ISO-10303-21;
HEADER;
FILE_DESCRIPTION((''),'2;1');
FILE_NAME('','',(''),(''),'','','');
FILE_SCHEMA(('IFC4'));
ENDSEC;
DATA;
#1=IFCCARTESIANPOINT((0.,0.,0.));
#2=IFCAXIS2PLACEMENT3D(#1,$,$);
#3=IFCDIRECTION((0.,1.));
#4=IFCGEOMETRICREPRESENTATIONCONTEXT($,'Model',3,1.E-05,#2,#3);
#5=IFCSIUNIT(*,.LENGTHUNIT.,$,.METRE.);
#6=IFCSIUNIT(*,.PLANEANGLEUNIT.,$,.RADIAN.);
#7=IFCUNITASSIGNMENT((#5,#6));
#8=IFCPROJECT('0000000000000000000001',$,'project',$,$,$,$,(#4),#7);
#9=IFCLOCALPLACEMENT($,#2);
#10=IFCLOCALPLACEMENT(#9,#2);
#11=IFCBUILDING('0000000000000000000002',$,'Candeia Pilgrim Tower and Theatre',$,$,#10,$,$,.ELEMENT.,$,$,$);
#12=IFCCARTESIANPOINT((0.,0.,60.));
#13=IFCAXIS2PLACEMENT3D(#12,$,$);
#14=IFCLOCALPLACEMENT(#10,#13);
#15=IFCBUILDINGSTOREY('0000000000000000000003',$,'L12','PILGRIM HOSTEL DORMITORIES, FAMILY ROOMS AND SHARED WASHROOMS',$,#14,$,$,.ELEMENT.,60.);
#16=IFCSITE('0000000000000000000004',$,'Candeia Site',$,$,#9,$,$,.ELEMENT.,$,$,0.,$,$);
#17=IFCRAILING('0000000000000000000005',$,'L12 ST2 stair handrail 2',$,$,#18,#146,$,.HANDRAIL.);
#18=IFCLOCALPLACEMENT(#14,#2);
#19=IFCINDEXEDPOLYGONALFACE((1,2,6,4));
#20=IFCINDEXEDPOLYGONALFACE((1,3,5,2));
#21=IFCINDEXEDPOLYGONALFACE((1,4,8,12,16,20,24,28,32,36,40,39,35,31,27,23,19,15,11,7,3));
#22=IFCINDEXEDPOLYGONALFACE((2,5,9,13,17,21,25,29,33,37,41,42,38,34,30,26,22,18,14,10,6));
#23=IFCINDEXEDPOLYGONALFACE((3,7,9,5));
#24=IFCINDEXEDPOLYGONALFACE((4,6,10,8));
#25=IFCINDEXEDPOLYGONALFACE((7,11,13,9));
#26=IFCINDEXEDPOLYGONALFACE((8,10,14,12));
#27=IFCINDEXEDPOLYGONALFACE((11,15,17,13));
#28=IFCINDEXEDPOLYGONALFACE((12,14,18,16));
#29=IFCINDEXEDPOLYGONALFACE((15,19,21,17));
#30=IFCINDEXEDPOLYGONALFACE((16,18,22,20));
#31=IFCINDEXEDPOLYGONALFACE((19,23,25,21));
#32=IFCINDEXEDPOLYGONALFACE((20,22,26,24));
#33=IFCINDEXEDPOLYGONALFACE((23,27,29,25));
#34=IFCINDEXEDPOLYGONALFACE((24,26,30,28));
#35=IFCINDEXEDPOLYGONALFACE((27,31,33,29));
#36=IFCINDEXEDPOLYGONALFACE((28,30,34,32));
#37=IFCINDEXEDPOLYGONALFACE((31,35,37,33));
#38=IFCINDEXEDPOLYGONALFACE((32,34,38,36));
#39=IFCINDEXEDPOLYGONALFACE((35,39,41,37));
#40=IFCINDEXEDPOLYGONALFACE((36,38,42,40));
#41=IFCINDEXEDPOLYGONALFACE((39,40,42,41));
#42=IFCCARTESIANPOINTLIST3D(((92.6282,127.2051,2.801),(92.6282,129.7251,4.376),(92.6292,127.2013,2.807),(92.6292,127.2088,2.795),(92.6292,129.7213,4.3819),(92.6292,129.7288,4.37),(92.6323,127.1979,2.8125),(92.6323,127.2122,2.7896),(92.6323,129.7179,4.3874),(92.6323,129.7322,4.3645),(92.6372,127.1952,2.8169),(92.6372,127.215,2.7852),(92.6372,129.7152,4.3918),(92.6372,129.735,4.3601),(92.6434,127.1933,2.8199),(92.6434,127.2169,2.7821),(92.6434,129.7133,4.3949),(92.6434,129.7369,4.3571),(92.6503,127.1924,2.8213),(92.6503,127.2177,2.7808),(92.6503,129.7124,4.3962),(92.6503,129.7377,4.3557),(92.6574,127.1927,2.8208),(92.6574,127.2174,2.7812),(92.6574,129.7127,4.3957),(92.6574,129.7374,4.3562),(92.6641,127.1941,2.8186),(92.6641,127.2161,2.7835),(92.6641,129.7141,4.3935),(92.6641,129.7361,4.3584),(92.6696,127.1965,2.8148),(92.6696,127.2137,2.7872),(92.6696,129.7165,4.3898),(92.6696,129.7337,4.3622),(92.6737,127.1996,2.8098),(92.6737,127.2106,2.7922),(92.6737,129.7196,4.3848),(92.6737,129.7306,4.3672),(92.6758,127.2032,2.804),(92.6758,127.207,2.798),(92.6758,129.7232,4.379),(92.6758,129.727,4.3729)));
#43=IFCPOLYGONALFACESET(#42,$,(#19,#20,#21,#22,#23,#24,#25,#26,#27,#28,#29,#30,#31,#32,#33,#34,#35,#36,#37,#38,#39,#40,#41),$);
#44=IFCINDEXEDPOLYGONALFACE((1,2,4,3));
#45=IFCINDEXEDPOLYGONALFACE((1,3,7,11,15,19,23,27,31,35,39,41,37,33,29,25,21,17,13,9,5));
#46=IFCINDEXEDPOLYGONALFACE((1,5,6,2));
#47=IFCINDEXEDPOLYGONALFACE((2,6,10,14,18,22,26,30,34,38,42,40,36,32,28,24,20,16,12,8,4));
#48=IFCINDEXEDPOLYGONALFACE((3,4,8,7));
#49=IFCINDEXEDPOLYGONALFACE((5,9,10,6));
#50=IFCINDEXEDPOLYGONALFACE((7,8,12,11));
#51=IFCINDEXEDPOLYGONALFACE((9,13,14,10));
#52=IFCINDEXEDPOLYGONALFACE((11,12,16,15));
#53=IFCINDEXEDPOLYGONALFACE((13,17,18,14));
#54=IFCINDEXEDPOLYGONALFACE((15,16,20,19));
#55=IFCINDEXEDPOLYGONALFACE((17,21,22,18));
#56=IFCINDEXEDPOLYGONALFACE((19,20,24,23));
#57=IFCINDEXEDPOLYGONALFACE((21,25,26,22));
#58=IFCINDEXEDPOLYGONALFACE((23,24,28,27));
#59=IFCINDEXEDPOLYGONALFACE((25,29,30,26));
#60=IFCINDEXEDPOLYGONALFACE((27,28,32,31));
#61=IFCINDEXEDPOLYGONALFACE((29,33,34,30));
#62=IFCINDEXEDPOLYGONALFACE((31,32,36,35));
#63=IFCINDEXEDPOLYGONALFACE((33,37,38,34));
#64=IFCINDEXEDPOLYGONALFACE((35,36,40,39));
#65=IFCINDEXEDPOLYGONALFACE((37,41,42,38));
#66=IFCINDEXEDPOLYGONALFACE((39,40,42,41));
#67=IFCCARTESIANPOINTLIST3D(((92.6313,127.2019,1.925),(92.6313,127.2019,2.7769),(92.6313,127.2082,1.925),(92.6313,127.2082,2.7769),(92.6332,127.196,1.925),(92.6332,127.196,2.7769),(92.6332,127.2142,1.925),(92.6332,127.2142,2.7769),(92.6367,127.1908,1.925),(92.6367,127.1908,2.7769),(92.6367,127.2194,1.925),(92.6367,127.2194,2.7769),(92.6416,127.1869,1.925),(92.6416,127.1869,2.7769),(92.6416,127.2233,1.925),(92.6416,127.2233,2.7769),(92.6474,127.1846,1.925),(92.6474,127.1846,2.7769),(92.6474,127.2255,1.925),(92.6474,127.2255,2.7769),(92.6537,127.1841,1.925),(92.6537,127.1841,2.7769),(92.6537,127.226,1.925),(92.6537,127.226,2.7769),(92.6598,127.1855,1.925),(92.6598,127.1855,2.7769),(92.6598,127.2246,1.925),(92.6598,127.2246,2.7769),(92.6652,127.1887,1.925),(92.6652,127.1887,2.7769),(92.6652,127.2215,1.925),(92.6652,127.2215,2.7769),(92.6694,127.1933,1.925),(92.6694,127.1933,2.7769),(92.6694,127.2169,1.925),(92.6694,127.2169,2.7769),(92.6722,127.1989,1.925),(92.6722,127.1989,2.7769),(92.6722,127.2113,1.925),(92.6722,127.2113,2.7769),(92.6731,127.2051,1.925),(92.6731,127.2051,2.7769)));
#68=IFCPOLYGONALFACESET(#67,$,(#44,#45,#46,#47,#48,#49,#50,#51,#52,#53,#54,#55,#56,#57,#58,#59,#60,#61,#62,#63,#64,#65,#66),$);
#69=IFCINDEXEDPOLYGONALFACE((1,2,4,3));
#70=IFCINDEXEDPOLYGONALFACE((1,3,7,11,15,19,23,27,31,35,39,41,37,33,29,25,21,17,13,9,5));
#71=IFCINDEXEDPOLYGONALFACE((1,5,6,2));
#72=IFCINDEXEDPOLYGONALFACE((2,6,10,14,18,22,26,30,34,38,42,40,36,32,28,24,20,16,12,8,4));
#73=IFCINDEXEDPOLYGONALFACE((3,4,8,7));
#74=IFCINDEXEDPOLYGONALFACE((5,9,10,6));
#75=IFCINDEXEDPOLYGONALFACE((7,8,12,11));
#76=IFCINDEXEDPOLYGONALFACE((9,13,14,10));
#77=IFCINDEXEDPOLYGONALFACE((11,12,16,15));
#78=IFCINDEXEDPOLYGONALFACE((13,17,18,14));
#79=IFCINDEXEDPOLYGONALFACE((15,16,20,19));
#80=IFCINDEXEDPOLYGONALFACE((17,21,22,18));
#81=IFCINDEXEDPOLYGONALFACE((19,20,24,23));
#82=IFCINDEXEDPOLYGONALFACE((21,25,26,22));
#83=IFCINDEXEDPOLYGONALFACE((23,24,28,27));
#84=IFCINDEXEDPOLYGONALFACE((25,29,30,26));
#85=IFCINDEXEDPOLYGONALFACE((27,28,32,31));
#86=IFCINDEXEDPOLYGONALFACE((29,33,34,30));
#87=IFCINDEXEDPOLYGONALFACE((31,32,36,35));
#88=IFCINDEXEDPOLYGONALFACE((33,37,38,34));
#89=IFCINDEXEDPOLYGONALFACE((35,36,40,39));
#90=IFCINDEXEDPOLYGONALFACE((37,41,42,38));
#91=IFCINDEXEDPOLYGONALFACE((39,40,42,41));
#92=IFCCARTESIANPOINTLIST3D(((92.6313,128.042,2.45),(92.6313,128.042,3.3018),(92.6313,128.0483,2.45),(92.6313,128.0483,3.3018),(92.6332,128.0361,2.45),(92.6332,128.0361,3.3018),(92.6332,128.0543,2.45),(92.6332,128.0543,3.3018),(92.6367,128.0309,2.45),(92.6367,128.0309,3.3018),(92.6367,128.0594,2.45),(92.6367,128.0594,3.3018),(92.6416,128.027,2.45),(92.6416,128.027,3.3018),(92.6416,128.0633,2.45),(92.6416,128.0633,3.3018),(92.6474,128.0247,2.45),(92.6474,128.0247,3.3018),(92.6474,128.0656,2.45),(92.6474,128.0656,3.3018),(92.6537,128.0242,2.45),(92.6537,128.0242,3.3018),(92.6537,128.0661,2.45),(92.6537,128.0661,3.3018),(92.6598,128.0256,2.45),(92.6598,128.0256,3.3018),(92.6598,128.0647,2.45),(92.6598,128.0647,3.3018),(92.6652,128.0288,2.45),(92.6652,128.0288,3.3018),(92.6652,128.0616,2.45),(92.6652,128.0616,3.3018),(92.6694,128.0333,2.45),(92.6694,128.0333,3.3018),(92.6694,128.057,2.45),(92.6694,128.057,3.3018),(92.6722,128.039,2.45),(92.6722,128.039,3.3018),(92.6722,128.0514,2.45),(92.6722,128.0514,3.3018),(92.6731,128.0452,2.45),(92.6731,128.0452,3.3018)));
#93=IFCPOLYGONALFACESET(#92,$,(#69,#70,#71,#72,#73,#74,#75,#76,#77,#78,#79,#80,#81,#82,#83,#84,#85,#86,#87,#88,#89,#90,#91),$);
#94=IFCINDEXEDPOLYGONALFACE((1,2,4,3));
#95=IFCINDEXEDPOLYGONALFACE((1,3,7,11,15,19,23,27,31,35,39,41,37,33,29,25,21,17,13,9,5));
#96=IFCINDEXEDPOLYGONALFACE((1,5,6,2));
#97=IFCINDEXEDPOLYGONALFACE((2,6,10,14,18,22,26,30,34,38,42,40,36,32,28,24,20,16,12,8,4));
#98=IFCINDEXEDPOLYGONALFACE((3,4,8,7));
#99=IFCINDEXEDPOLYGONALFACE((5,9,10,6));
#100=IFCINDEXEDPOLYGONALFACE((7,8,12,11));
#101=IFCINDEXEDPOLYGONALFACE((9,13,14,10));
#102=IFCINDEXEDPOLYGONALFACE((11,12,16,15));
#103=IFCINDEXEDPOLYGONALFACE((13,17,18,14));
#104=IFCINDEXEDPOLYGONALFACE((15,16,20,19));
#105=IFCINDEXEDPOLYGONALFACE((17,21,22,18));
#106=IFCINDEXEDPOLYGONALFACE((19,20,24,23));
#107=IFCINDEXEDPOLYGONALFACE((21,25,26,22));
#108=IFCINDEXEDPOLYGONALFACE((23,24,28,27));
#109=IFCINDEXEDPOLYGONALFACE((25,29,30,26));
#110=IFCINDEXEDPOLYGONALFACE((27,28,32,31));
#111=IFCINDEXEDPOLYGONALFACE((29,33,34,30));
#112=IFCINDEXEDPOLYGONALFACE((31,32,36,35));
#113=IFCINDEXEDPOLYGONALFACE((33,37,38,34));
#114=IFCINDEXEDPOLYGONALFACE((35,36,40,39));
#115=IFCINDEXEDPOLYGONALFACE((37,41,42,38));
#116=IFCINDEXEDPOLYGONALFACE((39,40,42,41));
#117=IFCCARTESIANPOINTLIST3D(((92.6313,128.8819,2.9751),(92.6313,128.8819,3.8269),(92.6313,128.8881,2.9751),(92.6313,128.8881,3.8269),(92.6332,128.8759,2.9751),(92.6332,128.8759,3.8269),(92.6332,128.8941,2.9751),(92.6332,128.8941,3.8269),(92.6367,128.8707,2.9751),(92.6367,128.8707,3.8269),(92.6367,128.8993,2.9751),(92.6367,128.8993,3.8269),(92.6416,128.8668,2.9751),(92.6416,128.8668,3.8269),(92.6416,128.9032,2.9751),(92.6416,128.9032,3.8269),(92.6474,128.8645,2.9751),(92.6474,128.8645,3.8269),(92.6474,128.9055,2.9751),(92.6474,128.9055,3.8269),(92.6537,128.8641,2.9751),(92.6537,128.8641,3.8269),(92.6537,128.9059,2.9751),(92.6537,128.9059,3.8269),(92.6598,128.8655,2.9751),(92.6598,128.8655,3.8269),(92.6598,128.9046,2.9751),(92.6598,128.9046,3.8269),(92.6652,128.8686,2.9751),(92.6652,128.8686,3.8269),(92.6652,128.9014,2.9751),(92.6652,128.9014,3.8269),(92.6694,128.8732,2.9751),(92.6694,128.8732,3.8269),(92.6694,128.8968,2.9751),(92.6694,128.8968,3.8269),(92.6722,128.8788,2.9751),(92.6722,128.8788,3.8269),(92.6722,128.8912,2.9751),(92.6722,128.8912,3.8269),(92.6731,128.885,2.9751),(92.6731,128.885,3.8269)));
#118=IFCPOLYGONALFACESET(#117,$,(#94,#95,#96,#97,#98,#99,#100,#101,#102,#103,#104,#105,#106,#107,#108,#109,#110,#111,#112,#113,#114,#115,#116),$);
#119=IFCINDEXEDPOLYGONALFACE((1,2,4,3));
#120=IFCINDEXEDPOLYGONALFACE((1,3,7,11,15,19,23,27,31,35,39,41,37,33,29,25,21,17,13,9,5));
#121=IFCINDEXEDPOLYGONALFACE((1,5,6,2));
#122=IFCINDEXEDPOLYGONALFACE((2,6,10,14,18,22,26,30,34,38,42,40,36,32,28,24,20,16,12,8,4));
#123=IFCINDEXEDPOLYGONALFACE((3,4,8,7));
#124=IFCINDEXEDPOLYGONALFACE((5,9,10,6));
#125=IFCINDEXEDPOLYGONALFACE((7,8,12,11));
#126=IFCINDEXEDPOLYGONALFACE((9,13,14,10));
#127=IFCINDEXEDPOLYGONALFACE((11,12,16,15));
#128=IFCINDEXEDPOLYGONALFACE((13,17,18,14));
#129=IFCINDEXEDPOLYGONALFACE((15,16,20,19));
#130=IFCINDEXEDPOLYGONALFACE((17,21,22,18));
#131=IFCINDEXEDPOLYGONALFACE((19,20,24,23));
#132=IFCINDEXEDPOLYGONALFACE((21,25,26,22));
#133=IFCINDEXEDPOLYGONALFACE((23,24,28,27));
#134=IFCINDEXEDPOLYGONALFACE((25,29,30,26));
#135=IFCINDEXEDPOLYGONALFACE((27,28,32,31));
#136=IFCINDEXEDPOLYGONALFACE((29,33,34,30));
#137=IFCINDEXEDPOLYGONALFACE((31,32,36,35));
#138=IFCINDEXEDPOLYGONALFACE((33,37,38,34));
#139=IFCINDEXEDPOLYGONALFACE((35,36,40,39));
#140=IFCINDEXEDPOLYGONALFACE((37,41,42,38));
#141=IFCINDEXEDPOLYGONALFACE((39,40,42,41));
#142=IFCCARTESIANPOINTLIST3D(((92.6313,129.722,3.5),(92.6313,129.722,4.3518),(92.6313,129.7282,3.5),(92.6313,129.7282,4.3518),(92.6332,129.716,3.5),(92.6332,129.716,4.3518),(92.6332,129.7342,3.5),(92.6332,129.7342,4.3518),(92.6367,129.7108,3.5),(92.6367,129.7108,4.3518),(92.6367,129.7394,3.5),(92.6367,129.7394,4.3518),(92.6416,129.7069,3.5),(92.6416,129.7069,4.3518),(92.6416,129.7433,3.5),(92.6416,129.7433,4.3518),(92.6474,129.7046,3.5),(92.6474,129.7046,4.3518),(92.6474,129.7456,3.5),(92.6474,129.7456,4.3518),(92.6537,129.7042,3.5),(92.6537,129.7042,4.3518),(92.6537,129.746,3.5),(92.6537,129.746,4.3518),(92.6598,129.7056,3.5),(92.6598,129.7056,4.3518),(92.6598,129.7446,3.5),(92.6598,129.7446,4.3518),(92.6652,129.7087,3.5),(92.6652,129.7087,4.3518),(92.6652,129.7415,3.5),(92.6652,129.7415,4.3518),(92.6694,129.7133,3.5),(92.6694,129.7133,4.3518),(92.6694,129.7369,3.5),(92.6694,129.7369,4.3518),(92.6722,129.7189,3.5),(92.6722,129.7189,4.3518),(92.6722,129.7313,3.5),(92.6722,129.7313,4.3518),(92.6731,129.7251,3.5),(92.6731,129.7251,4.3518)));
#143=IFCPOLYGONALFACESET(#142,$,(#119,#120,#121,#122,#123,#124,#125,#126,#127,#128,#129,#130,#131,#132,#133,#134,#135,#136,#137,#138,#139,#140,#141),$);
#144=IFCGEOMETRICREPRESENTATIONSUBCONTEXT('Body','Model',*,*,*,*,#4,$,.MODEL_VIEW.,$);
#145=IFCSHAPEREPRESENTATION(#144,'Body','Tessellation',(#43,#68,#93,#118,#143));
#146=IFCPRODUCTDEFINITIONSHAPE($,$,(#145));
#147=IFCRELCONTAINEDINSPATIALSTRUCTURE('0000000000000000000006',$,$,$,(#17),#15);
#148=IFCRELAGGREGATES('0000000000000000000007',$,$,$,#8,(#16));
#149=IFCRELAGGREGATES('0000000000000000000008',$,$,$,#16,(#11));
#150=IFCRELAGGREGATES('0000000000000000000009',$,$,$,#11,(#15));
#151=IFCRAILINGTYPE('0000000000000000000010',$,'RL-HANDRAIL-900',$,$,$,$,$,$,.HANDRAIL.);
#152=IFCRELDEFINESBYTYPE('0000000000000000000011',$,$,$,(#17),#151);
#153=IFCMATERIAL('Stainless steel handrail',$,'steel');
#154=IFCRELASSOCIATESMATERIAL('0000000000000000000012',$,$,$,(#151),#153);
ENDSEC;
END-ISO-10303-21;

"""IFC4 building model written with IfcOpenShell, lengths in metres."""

from ifc_helpers import new_model, si_unit, direction, frame, origin, origin_2d, place, context, subcontext, project, spatial, circle, extrude, material, type_object, element, save


model = new_model("IFC4")

# Units and contexts
model_context = context("Model", 3, precision=1e-05, world=origin(), true_north=direction((0.0, 1.0)))
body_context = subcontext(model_context, "Body", "Model", "MODEL_VIEW")
ifc_project = project(units=[si_unit("LENGTHUNIT", "METRE"), si_unit("PLANEANGLEUNIT", "RADIAN")], contexts=[model_context])

# Site, building, storey
site_placement = place(None, origin())
site = spatial("IfcSite", under=ifc_project, at=site_placement, Name="Candeia Site", CompositionType="ELEMENT", RefElevation=0.0)
building_placement = place(site_placement, origin())
building = spatial("IfcBuilding", under=site, at=building_placement, Name="Candeia Pilgrim Tower and Theatre", CompositionType="ELEMENT")
storey_placement = place(building_placement, frame((0.0, 0.0, 60.0)))
storey = spatial("IfcBuildingStorey", under=building, at=storey_placement, Name="L12", Description="PILGRIM HOSTEL DORMITORIES, FAMILY ROOMS AND SHARED WASHROOMS", CompositionType="ELEMENT", Elevation=60.0)

# Railing
ifc_material_1 = material(Name="Stainless steel handrail", Category="steel")
railing_type_1 = type_object("IfcRailingType", Name="RL-HANDRAIL-900", PredefinedType="HANDRAIL", material=ifc_material_1)
railing_1_placement = place(storey_placement, frame((92.6521, 127.2051, 1.925)))
element("IfcRailing", 1, at=railing_1_placement, inside=storey, type_object=railing_type_1, Name="L12 ST2 stair handrail 2", PredefinedType="HANDRAIL", context=body_context, shape_type="SweptSolid", body=[
    extrude(circle(Radius=0.0239, at=origin_2d()), frame((0.0, 0.0, 0.876), z_axis=(0.0, 0.848008, 0.529984), x_axis=(-1.0, 0.0, 0.0)), (0.0, 0.0, 1.0), 2.9717),
    extrude(circle(Radius=0.021, at=origin_2d()), origin(), (0.0, 0.0, 1.0), 0.8518),
    extrude(circle(Radius=0.021, at=origin_2d()), frame((0.0, 0.8401, 0.5249)), (0.0, 0.0, 1.0), 0.8518),
    extrude(circle(Radius=0.021, at=origin_2d()), frame((0.0, 1.6799, 1.05)), (0.0, 0.0, 1.0), 0.8518),
    extrude(circle(Radius=0.021, at=origin_2d()), frame((0.0, 2.52, 1.575)), (0.0, 0.0, 1.0), 0.8518),
])

save(model, "model.ifc")
